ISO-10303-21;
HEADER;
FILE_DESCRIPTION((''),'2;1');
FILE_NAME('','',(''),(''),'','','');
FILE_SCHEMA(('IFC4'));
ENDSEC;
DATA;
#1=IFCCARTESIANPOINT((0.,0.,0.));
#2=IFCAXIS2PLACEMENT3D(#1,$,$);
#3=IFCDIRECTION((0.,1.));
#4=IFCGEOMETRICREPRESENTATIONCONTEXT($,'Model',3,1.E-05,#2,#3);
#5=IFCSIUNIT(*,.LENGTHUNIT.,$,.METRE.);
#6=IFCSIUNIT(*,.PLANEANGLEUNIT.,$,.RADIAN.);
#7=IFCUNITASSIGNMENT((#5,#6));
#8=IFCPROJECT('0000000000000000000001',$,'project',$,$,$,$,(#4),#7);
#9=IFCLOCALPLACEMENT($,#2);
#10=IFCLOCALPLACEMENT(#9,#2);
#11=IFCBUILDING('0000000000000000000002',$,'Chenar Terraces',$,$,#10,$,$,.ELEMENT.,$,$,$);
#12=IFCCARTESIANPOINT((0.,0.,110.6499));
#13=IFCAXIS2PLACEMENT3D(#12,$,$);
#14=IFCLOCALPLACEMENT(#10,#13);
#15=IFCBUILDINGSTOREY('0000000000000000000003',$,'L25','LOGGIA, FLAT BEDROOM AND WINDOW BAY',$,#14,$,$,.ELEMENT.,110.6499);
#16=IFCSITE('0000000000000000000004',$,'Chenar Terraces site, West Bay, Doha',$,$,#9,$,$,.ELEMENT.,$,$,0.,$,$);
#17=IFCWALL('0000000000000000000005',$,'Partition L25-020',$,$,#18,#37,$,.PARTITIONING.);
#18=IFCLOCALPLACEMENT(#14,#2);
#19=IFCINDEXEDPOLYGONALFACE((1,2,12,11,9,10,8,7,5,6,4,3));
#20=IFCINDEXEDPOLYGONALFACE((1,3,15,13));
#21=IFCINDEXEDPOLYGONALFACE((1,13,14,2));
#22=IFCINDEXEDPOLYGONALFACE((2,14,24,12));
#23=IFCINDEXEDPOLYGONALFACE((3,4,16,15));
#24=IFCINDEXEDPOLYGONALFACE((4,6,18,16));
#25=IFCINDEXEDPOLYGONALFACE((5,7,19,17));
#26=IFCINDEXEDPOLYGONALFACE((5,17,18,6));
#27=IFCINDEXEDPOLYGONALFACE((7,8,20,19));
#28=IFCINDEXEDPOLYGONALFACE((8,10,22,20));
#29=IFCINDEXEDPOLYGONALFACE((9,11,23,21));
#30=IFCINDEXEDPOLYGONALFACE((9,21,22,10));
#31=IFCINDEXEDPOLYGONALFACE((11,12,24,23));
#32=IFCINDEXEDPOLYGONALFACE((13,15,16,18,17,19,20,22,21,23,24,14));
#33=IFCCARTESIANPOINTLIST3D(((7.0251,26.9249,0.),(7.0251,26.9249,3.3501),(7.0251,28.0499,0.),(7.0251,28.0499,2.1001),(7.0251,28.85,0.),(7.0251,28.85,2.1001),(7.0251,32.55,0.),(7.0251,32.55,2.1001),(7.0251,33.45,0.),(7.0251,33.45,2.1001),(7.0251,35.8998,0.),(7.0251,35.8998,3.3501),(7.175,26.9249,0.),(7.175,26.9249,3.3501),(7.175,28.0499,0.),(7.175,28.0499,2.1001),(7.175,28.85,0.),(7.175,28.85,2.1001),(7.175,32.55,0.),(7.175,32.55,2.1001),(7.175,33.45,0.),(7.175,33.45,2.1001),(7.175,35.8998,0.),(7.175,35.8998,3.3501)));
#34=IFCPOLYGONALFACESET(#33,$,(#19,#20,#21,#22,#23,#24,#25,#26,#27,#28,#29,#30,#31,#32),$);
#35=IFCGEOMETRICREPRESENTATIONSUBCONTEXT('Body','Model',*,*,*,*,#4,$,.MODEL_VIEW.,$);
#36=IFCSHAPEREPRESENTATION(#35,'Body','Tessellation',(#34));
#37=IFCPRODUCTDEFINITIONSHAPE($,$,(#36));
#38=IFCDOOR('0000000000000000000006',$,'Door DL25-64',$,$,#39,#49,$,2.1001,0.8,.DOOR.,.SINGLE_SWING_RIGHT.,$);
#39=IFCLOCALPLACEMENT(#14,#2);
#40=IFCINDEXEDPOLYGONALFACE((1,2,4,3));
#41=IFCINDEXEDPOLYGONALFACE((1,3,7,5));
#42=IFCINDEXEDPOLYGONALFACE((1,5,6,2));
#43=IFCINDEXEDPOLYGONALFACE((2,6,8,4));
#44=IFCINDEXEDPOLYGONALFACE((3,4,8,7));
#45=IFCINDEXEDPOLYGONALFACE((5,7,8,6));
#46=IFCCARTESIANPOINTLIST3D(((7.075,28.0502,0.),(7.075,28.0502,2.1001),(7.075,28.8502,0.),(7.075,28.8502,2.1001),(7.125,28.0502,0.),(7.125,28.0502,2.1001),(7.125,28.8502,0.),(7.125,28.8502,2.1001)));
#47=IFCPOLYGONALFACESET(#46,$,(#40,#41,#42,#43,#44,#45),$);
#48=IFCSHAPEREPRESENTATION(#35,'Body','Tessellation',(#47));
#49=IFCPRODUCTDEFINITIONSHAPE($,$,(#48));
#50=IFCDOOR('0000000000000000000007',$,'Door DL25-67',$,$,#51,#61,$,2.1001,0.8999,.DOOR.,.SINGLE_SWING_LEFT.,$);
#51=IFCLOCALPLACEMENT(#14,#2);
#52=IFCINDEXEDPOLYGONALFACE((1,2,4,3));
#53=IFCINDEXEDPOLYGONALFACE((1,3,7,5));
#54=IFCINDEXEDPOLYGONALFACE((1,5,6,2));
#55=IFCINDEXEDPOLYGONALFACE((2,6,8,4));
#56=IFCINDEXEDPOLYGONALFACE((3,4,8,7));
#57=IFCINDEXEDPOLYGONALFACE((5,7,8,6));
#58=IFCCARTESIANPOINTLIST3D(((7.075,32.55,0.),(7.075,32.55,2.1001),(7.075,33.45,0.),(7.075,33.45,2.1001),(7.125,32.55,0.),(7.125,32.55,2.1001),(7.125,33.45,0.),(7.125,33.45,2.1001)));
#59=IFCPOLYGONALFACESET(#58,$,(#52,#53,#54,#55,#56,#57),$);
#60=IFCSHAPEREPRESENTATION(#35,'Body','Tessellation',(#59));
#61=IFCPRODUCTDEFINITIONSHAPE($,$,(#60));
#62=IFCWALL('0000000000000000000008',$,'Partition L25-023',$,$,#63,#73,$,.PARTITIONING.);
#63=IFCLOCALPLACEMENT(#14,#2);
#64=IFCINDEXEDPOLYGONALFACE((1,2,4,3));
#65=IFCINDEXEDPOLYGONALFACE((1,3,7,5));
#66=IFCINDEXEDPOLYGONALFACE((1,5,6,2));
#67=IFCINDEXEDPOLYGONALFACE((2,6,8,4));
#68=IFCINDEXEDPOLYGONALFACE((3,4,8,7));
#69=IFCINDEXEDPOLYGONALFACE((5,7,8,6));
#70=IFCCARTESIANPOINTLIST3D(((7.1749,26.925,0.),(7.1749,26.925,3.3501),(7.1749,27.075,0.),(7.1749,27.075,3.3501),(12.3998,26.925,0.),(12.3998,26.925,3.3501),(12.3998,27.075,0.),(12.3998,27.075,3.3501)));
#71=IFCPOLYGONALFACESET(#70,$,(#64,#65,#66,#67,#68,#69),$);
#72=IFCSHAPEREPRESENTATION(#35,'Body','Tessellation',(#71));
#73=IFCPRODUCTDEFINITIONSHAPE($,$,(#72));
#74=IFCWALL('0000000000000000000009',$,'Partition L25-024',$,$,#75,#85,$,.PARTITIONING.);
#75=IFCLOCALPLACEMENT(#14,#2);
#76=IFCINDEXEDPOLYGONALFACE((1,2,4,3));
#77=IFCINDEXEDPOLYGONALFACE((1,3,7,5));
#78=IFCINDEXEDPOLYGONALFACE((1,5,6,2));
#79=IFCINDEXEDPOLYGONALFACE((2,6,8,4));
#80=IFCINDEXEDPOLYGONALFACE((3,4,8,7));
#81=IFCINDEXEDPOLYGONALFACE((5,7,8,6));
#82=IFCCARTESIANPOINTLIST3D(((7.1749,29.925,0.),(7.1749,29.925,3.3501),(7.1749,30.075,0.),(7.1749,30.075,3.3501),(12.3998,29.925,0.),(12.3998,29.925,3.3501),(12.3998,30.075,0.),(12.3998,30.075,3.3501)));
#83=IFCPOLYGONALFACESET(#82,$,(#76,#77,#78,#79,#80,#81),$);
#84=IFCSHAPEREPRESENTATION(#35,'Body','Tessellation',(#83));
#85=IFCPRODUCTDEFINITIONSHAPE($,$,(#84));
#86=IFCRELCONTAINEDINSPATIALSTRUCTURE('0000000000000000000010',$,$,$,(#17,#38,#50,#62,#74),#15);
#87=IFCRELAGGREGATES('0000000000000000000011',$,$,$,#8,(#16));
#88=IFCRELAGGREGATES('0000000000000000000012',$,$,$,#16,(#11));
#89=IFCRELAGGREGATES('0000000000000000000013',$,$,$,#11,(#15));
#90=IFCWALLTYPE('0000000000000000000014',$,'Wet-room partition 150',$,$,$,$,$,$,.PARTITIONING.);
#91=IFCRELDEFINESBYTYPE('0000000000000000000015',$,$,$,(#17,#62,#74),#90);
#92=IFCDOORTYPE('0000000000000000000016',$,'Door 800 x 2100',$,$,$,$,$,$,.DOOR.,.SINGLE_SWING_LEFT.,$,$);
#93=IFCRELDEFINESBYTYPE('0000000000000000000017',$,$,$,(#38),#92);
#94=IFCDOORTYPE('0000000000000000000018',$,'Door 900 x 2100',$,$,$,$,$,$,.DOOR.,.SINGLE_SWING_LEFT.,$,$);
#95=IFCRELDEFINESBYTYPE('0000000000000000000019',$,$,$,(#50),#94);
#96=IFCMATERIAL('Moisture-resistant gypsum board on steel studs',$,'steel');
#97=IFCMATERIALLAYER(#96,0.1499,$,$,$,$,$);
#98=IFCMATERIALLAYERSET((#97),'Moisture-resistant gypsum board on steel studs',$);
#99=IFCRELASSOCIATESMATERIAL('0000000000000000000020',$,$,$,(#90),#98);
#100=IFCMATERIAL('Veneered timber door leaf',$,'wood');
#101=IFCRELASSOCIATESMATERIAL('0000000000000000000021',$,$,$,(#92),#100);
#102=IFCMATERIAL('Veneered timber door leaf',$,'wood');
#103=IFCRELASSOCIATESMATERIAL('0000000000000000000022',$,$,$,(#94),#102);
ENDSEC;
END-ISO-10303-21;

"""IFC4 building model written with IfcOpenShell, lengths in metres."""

from ifc_helpers import new_model, si_unit, direction, frame, frame_2d, origin, place, context, subcontext, project, spatial, rectangle, extrude, material, layer, layer_set, type_object, element, fill, save


model = new_model("IFC4")

# Units and contexts
model_context = context("Model", 3, precision=1e-05, world=origin(), true_north=direction((0.0, 1.0)))
body_context = subcontext(model_context, "Body", "Model", "MODEL_VIEW")
ifc_project = project(units=[si_unit("LENGTHUNIT", "METRE"), si_unit("PLANEANGLEUNIT", "RADIAN")], contexts=[model_context])

# Site, building, storey
site_placement = place(None, origin())
site = spatial("IfcSite", under=ifc_project, at=site_placement, Name="Chenar Terraces site, West Bay, Doha", CompositionType="ELEMENT", RefElevation=0.0)
building_placement = place(site_placement, origin())
building = spatial("IfcBuilding", under=site, at=building_placement, Name="Chenar Terraces", CompositionType="ELEMENT")
storey_placement = place(building_placement, frame((0.0, 0.0, 110.6499)))
storey = spatial("IfcBuildingStorey", under=building, at=storey_placement, Name="L25", Description="LOGGIA, FLAT BEDROOM AND WINDOW BAY", CompositionType="ELEMENT", Elevation=110.6499)

# Wall, openings, doors
ifc_material_1 = material(Name="Moisture-resistant gypsum board on steel studs", Category="steel")
ifc_layer_1 = layer(ifc_material_1, 0.1499)
ifc_layer_set_1 = layer_set([ifc_layer_1], Name="Moisture-resistant gypsum board on steel studs")
wall_type_1 = type_object("IfcWallType", Name="Wet-room partition 150", PredefinedType="PARTITIONING", material=ifc_layer_set_1)
wall_1_placement = place(storey_placement, frame((7.1001, 26.925, 0.0), z_axis=(0.0, 0.0, 1.0), x_axis=(0.0, 1.0, 0.0)))
wall_1 = element("IfcWall", 1, at=wall_1_placement, inside=storey, type_object=wall_type_1, Name="Partition L25-020", PredefinedType="PARTITIONING", context=body_context, shape_type="SweptSolid", body=[
    extrude(rectangle(XDim=8.9749, YDim=0.1499, at=frame_2d((4.4873, 0.0))), origin(), (0.0, 0.0, 1.0), 3.3501),
])
opening_1_placement = place(wall_1_placement, frame((1.125, 0.0, 0.0)))
opening_1 = element("IfcOpeningElement", 2, at=opening_1_placement, cuts=wall_1, PredefinedType="OPENING", context=body_context, shape_type="SweptSolid", body=[
    extrude(rectangle(XDim=0.8, YDim=2.1001, at=frame_2d((0.3999, 1.05))), frame((0.0, 0.085, 0.0), z_axis=(0.0, -1.0, 0.0), x_axis=(1.0, 0.0, 0.0)), (0.0, 0.0, 1.0), 0.1699),
])
opening_2_placement = place(wall_1_placement, frame((5.625, 0.0, 0.0)))
opening_2 = element("IfcOpeningElement", 3, at=opening_2_placement, cuts=wall_1, PredefinedType="OPENING", context=body_context, shape_type="SweptSolid", body=[
    extrude(rectangle(XDim=0.8999, YDim=2.1001, at=frame_2d((0.45, 1.05))), frame((0.0, 0.085, 0.0), z_axis=(0.0, -1.0, 0.0), x_axis=(1.0, 0.0, 0.0)), (0.0, 0.0, 1.0), 0.1699),
])
ifc_material_2 = material(Name="Veneered timber door leaf", Category="wood")
door_type_1 = type_object("IfcDoorType", Name="Door 800 x 2100", OperationType="SINGLE_SWING_LEFT", PredefinedType="DOOR", material=ifc_material_2)
door_1_placement = place(opening_1_placement, frame((0.8, 0.0, 0.0), z_axis=(0.0, 0.0, 1.0), x_axis=(-1.0, 0.0, 0.0)))
door_1 = element("IfcDoor", 4, at=door_1_placement, inside=storey, type_object=door_type_1, Name="Door DL25-64", OperationType="SINGLE_SWING_RIGHT", OverallHeight=2.1001, OverallWidth=0.8, PredefinedType="DOOR", context=body_context, shape_type="SweptSolid", body=[
    extrude(rectangle(XDim=0.8, YDim=2.1001, at=frame_2d((0.3999, 1.05))), frame((0.0, 0.0249, 0.0), z_axis=(0.0, -1.0, 0.0), x_axis=(1.0, 0.0, 0.0)), (0.0, 0.0, 1.0), 0.05),
])
fill(opening_1, door_1)
ifc_material_3 = material(Name="Veneered timber door leaf", Category="wood")
door_type_2 = type_object("IfcDoorType", Name="Door 900 x 2100", OperationType="SINGLE_SWING_LEFT", PredefinedType="DOOR", material=ifc_material_3)
door_2_placement = place(opening_2_placement, frame((0.8999, 0.0, 0.0), z_axis=(0.0, 0.0, 1.0), x_axis=(-1.0, 0.0, 0.0)))
door_2 = element("IfcDoor", 5, at=door_2_placement, inside=storey, type_object=door_type_2, Name="Door DL25-67", OperationType="SINGLE_SWING_LEFT", OverallHeight=2.1001, OverallWidth=0.8999, PredefinedType="DOOR", context=body_context, shape_type="SweptSolid", body=[
    extrude(rectangle(XDim=0.8999, YDim=2.1001, at=frame_2d((0.45, 1.05))), frame((0.0, 0.0249, 0.0), z_axis=(0.0, -1.0, 0.0), x_axis=(1.0, 0.0, 0.0)), (0.0, 0.0, 1.0), 0.05),
])
fill(opening_2, door_2)

# Walls
for number, where, z_axis, x_axis, name in (
    (6, (7.175, 27.0, 0.0), (0.0, 0.0, 1.0), (1.0, 0.0, 0.0), "Partition L25-023"),
    (7, (7.175, 30.0, 0.0), (0.0, 0.0, 1.0), (1.0, 0.0, 0.0), "Partition L25-024"),
):
    element("IfcWall", number, at=place(storey_placement, frame(where, z_axis=z_axis, x_axis=x_axis)), inside=storey, type_object=wall_type_1, Name=name, PredefinedType="PARTITIONING", context=body_context, shape_type="SweptSolid", body=[
        extrude(rectangle(XDim=5.2249, YDim=0.1499, at=frame_2d((2.6123, 0.0))), origin(), (0.0, 0.0, 1.0), 3.3501),
    ])

save(model, "model.ifc")
